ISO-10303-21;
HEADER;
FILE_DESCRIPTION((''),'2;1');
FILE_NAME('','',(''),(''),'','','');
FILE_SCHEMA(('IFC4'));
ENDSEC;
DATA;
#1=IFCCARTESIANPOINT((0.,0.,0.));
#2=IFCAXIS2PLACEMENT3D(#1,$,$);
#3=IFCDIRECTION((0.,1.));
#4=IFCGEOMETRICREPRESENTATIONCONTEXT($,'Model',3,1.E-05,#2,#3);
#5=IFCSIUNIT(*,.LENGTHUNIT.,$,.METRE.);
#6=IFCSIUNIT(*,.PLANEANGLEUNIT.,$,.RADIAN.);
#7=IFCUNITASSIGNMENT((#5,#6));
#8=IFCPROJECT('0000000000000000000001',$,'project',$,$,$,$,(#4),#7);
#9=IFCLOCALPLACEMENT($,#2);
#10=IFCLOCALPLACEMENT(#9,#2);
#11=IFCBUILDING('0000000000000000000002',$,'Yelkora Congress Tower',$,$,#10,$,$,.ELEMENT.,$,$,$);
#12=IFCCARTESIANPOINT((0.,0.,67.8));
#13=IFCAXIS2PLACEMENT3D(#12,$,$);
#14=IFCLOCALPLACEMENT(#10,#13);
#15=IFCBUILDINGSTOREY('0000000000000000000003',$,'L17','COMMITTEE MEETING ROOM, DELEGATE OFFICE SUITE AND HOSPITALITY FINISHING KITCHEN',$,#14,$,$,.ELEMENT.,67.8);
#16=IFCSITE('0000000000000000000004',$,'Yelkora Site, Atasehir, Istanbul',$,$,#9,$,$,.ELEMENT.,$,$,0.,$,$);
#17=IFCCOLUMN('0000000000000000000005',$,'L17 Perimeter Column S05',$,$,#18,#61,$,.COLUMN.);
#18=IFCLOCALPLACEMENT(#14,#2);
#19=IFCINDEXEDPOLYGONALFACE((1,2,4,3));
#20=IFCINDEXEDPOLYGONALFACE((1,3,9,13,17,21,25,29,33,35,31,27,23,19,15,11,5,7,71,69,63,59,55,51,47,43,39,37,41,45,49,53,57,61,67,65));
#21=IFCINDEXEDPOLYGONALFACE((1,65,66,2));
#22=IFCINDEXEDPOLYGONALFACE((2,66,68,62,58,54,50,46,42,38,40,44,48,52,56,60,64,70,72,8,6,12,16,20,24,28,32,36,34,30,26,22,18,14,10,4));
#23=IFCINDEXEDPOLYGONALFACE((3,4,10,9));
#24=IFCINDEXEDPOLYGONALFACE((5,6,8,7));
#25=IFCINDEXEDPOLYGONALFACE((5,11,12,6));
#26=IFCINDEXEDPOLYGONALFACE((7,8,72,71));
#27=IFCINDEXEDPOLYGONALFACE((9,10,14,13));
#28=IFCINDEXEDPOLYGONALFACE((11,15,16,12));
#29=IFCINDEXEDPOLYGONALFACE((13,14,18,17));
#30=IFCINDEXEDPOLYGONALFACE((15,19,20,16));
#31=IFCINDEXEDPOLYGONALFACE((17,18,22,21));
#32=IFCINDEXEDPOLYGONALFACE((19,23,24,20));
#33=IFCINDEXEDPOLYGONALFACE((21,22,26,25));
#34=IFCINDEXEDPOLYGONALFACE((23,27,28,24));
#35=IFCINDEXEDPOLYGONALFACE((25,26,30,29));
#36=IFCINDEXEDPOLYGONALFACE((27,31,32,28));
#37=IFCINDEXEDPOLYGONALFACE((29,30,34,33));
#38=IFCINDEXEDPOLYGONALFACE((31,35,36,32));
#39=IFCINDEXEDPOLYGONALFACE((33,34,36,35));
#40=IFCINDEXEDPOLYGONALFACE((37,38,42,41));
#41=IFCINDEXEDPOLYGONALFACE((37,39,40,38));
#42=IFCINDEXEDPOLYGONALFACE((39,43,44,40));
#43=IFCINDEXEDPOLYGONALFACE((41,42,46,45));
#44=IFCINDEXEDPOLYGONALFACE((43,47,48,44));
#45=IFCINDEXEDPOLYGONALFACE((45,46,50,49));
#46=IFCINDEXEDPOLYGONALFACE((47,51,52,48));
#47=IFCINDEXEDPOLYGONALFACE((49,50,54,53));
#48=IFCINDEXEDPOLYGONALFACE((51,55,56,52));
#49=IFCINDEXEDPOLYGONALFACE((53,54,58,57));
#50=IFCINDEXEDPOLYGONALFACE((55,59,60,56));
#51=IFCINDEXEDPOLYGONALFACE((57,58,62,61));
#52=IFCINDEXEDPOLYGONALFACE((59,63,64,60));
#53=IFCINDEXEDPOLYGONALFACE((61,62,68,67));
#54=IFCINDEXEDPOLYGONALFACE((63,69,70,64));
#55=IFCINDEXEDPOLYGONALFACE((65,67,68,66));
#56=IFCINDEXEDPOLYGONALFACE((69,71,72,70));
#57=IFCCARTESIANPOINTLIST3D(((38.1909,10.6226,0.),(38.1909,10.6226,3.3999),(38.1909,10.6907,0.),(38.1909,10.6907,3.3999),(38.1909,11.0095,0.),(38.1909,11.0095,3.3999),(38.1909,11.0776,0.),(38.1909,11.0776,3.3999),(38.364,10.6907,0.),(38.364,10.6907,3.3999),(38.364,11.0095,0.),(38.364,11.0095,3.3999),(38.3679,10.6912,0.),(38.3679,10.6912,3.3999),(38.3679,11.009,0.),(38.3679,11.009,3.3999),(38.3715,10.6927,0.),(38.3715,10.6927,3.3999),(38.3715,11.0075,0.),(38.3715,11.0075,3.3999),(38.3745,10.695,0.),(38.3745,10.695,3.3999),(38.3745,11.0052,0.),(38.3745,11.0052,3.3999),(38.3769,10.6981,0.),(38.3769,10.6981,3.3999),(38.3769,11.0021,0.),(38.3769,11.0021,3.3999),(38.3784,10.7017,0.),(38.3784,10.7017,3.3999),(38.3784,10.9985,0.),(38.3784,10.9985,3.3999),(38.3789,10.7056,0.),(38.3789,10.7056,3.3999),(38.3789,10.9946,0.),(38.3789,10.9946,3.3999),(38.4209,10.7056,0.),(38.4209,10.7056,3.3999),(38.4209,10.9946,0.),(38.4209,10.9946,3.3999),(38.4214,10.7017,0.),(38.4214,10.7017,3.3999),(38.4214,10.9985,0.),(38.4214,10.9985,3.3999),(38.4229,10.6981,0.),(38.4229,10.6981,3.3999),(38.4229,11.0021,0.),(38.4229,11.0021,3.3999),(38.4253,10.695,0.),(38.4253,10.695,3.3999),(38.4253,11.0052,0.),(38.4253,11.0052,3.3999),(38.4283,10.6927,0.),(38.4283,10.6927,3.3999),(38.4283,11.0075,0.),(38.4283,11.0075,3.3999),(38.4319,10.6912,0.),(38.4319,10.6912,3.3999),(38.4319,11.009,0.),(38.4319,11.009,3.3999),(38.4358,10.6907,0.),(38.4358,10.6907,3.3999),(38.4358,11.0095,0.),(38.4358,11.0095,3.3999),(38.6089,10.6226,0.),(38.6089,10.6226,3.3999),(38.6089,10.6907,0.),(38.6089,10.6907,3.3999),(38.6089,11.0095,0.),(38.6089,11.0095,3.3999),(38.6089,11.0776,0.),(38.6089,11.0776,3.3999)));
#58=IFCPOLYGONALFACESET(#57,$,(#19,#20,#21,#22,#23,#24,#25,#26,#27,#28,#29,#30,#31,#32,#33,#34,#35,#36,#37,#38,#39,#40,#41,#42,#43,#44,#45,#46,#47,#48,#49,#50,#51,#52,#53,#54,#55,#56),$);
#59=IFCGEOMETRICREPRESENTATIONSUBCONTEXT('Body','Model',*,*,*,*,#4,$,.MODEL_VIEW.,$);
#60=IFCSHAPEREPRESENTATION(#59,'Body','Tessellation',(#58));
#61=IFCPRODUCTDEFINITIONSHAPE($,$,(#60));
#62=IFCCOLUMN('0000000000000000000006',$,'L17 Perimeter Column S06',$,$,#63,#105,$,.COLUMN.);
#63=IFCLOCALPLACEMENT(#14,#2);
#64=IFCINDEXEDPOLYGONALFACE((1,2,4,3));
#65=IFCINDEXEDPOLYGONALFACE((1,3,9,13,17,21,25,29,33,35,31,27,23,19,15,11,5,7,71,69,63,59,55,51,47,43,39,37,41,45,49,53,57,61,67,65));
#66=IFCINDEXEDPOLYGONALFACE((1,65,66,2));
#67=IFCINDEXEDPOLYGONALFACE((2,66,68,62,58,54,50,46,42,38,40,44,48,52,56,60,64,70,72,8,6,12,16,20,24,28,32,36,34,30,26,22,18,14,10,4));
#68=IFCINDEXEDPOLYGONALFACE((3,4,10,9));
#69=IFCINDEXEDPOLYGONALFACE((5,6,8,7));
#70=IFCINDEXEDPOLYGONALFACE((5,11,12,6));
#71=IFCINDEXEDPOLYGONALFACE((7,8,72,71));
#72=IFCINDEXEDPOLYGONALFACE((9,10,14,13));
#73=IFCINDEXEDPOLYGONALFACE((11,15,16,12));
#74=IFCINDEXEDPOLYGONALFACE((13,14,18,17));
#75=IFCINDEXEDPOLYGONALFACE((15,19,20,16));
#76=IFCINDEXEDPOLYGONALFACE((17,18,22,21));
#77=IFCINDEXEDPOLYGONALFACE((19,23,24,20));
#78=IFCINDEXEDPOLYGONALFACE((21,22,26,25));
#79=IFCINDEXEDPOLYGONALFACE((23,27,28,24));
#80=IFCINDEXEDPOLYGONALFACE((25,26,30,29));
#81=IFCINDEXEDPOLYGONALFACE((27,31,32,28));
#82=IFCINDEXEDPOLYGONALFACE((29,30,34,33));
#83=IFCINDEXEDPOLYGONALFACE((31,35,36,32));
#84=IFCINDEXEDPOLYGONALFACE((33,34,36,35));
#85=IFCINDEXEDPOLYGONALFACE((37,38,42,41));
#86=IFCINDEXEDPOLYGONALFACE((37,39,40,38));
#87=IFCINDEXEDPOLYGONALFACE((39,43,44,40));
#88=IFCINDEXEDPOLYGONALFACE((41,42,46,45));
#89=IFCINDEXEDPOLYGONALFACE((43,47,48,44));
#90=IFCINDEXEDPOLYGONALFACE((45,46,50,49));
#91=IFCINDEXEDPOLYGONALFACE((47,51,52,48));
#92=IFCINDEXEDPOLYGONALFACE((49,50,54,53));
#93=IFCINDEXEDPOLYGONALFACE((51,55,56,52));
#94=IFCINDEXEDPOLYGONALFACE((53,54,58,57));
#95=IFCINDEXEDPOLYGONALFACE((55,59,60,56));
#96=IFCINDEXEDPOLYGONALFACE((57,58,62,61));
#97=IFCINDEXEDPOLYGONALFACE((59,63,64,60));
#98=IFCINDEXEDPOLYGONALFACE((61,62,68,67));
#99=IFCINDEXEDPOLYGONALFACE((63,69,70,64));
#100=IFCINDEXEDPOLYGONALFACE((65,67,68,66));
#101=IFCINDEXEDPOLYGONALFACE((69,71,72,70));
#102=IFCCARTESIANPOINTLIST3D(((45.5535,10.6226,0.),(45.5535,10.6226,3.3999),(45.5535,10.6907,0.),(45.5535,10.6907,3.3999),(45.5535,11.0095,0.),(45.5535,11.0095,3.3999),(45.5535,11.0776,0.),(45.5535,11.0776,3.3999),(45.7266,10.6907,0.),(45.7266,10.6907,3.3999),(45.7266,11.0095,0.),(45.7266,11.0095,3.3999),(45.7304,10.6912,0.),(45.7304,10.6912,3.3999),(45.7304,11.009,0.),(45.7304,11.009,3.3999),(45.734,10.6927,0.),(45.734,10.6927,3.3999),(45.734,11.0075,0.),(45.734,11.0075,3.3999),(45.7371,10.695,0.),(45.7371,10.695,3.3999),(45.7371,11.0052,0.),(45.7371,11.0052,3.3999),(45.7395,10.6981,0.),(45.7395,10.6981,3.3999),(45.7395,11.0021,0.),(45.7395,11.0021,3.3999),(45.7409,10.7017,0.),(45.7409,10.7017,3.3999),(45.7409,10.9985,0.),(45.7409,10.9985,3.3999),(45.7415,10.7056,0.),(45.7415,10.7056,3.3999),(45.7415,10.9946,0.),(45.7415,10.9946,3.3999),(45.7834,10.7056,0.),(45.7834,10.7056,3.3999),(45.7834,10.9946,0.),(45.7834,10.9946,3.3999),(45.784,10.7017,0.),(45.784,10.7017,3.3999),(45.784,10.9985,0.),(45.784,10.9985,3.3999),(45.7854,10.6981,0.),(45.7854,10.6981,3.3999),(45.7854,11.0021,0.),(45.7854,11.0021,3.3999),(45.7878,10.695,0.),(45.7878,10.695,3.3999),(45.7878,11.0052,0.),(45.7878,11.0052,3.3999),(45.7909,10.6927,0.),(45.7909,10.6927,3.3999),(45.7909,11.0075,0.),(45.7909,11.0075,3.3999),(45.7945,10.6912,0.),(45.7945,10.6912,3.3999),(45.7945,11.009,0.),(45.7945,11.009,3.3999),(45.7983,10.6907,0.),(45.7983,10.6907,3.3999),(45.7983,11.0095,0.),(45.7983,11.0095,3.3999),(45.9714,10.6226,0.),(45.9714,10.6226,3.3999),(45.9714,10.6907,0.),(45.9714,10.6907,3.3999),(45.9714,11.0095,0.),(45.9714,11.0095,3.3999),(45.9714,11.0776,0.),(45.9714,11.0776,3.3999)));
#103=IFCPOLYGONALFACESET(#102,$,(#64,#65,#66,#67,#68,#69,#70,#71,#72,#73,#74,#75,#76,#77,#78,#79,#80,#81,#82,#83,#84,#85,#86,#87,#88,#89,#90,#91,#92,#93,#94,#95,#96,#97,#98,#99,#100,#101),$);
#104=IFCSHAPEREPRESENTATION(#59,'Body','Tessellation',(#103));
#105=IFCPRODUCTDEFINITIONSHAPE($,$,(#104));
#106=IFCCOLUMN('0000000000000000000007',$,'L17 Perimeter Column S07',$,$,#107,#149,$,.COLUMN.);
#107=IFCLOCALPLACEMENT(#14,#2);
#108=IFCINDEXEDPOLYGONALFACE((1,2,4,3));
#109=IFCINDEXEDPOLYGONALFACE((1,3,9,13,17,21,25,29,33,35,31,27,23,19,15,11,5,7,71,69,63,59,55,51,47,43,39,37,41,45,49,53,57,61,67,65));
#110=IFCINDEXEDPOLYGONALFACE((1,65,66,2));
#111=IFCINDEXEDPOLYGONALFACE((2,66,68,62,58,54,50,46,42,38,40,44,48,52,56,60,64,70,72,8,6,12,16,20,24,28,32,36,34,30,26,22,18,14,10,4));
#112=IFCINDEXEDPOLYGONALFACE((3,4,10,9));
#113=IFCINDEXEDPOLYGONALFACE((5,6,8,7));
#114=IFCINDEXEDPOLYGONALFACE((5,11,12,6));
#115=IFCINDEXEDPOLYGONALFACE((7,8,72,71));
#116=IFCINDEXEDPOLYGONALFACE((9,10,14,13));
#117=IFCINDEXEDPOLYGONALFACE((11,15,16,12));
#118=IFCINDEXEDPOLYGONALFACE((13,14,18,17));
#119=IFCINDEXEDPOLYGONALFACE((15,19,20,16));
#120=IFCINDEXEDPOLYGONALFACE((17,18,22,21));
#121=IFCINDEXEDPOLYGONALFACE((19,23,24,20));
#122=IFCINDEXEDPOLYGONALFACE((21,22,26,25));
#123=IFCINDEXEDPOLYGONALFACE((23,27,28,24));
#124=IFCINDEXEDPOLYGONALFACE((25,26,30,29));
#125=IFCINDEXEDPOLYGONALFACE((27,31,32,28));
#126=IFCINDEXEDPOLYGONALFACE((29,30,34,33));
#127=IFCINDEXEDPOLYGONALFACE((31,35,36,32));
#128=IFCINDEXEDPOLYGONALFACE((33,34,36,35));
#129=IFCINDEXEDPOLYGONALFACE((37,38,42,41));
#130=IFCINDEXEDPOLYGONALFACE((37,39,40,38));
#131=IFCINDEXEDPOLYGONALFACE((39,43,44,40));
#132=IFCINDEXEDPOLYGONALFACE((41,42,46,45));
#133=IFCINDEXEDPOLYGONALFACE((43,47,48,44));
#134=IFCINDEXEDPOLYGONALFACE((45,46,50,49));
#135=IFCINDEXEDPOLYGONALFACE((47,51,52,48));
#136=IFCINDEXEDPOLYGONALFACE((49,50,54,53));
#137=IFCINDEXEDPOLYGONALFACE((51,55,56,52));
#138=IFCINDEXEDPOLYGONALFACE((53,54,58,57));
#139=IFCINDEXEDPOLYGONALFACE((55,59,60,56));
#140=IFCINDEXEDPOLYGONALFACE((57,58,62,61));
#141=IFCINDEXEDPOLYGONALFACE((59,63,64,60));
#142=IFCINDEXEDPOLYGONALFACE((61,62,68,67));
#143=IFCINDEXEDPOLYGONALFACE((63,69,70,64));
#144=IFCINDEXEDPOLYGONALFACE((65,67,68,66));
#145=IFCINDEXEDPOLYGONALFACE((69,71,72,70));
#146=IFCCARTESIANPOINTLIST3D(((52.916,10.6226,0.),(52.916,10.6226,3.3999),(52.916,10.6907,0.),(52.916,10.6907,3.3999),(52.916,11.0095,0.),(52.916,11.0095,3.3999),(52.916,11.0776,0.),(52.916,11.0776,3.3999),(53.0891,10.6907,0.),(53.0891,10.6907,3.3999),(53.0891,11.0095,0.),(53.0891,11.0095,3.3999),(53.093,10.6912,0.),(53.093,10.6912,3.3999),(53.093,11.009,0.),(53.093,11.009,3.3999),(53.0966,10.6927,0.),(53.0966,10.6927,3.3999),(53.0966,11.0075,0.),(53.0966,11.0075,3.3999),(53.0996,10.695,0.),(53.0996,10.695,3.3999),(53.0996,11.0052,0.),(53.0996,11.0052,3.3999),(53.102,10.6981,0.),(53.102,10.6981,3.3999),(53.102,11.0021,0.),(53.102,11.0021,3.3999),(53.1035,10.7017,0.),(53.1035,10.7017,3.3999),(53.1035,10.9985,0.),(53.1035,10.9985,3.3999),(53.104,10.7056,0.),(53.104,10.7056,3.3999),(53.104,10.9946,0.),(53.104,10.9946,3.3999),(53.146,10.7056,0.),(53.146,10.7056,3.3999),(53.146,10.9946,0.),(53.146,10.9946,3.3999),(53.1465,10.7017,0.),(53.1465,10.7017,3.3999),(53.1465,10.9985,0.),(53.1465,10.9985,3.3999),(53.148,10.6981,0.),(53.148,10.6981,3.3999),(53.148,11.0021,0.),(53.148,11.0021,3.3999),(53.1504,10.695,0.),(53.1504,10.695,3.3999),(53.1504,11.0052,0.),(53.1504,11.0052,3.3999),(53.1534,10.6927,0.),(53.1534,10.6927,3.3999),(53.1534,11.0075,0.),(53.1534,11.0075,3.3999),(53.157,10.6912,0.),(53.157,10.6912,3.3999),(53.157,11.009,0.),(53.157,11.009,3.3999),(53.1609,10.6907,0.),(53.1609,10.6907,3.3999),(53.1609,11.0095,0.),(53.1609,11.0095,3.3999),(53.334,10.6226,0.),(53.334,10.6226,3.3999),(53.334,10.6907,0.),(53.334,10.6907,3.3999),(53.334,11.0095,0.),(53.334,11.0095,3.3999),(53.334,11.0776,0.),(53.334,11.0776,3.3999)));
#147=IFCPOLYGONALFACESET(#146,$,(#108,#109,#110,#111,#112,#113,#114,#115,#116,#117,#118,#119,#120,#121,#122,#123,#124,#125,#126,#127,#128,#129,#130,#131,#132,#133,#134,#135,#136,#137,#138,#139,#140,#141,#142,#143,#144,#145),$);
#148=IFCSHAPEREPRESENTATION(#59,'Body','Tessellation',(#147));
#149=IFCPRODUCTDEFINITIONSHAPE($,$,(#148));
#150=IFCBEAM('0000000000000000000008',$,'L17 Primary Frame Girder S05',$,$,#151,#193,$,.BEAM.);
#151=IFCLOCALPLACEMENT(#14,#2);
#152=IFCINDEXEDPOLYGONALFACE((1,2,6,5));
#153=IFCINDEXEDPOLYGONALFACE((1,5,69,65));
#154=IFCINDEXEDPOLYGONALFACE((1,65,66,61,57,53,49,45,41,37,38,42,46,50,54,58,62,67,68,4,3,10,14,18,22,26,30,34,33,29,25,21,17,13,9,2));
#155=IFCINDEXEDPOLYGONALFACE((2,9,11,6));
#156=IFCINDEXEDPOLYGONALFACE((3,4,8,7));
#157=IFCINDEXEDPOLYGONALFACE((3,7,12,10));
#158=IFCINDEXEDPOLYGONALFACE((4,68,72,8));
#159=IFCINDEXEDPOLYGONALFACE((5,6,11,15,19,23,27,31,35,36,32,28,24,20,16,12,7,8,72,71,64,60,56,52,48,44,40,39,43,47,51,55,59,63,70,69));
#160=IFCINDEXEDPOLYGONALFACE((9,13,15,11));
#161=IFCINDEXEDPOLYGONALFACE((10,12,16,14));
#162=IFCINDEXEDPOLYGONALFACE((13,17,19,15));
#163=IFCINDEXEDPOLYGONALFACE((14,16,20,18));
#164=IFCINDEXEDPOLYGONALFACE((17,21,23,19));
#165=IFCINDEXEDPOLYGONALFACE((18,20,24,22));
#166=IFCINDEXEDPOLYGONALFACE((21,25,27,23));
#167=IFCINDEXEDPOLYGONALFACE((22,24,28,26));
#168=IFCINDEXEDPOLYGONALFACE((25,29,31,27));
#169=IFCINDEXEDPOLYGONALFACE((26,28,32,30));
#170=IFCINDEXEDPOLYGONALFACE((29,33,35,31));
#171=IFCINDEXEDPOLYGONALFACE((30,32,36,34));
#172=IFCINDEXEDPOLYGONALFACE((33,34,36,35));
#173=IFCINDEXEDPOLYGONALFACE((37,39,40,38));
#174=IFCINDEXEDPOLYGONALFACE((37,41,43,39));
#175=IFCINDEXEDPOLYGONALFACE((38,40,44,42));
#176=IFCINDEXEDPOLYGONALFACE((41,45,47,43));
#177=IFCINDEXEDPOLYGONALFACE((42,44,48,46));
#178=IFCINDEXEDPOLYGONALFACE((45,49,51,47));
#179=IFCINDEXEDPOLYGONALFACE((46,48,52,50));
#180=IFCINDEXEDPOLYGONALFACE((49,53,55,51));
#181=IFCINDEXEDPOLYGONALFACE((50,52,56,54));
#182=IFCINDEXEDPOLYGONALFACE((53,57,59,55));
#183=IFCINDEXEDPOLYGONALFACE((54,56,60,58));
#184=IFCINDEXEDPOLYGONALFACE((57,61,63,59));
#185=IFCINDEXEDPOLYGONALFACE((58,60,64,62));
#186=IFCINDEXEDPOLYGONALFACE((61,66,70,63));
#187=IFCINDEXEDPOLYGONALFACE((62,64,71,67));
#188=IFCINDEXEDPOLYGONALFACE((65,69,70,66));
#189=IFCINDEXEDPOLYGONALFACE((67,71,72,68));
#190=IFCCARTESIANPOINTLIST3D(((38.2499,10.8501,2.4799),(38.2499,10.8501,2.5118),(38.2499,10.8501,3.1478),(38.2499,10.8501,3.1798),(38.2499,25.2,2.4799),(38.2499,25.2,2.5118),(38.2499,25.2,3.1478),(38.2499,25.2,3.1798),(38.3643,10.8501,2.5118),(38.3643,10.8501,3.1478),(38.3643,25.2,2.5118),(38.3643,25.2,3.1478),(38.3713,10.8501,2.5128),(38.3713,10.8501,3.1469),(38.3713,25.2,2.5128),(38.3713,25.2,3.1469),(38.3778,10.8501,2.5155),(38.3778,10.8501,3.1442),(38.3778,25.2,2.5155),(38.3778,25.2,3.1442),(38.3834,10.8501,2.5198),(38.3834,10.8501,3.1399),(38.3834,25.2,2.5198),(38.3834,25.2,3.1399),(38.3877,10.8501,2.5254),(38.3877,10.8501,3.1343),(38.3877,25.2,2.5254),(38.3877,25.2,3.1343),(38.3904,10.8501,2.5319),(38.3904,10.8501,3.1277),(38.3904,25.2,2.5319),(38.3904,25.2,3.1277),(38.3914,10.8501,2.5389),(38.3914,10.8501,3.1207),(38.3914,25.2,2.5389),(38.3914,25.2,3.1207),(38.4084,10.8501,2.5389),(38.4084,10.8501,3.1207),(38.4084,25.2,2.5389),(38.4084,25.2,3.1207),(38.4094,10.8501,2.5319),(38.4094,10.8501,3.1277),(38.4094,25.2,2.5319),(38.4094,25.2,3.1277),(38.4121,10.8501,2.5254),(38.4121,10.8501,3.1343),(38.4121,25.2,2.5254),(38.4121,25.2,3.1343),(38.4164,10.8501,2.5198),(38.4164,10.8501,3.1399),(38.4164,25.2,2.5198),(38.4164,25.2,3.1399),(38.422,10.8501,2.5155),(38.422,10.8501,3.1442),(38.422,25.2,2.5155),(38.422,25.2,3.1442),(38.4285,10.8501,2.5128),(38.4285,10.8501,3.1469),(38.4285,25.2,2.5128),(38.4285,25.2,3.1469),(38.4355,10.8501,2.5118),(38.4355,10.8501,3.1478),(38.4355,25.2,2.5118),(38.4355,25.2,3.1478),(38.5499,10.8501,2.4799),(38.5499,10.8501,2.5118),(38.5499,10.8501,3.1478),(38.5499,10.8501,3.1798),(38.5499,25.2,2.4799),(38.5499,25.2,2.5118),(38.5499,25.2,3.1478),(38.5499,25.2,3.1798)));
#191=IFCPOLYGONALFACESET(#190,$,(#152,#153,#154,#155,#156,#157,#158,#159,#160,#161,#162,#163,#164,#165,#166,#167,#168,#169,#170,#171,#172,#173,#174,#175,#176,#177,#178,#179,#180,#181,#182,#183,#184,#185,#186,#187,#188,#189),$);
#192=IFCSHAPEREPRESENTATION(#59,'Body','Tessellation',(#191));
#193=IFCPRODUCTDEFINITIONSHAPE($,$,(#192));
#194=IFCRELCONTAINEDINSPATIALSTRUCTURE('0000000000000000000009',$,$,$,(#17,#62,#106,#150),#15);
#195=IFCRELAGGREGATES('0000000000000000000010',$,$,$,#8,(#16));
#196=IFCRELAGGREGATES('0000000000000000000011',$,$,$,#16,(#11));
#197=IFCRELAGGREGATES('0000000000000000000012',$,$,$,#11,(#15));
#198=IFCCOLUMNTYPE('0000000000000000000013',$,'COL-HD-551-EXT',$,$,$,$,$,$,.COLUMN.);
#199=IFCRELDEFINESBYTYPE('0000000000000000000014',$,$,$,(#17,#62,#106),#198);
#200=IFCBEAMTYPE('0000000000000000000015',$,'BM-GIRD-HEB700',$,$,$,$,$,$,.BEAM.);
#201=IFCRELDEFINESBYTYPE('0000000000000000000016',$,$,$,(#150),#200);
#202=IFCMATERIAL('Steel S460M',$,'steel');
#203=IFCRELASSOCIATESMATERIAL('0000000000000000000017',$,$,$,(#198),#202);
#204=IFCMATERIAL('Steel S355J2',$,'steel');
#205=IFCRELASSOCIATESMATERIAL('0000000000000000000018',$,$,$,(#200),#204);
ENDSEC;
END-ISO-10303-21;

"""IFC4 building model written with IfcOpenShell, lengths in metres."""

from ifc_helpers import new_model, si_unit, direction, frame, origin, origin_2d, place, context, subcontext, project, spatial, i_section, extrude, material, material_profile, profile_set, type_object, element, save


model = new_model("IFC4")

# Units and contexts
model_context = context("Model", 3, precision=1e-05, world=origin(), true_north=direction((0.0, 1.0)))
body_context = subcontext(model_context, "Body", "Model", "MODEL_VIEW")
ifc_project = project(units=[si_unit("LENGTHUNIT", "METRE"), si_unit("PLANEANGLEUNIT", "RADIAN")], contexts=[model_context])

# Site, building, storey
site_placement = place(None, origin())
site = spatial("IfcSite", under=ifc_project, at=site_placement, Name="Yelkora Site, Atasehir, Istanbul", CompositionType="ELEMENT", RefElevation=0.0)
building_placement = place(site_placement, origin())
building = spatial("IfcBuilding", under=site, at=building_placement, Name="Yelkora Congress Tower", CompositionType="ELEMENT")
storey_placement = place(building_placement, frame((0.0, 0.0, 67.8)))
storey = spatial("IfcBuildingStorey", under=building, at=storey_placement, Name="L17", Description="COMMITTEE MEETING ROOM, DELEGATE OFFICE SUITE AND HOSPITALITY FINISHING KITCHEN", CompositionType="ELEMENT", Elevation=67.8)

# Columns
ifc_material_1 = material(Name="Steel S460M", Category="steel")
ifc_material_profile_1 = material_profile(ifc_material_1, i_section(OverallWidth=0.418, OverallDepth=0.4551, WebThickness=0.042, FlangeThickness=0.0681, FilletRadius=0.0149, at=origin_2d()), Name="HD 400x551")
ifc_profile_set_1 = profile_set([ifc_material_profile_1], Name="Steel S460M")
column_type = type_object("IfcColumnType", Name="COL-HD-551-EXT", PredefinedType="COLUMN", material=ifc_profile_set_1)
for number, where, z_axis, x_axis, name in (
    (1, (38.3999, 10.8501, 0.0), (0.0, 0.0, 1.0), (1.0, 0.0, 0.0), "L17 Perimeter Column S05"),
    (2, (45.7625, 10.8501, 0.0), (0.0, 0.0, 1.0), (1.0, 0.0, 0.0), "L17 Perimeter Column S06"),
    (3, (53.125, 10.8501, 0.0), (0.0, 0.0, 1.0), (1.0, 0.0, 0.0), "L17 Perimeter Column S07"),
):
    element("IfcColumn", number, at=place(storey_placement, frame(where, z_axis=z_axis, x_axis=x_axis)), inside=storey, type_object=column_type, Name=name, PredefinedType="COLUMN", context=body_context, shape_type="SweptSolid", body=[
        extrude(i_section(OverallWidth=0.418, OverallDepth=0.4551, WebThickness=0.042, FlangeThickness=0.0681, FilletRadius=0.0149, at=origin_2d()), origin(), (0.0, 0.0, 1.0), 3.3999),
    ])

# Beam
ifc_material_2 = material(Name="Steel S355J2", Category="steel")
ifc_material_profile_2 = material_profile(ifc_material_2, i_section(OverallWidth=0.3, OverallDepth=0.7, WebThickness=0.0171, FlangeThickness=0.032, FilletRadius=0.0271, at=origin_2d()), Name="HEB 700")
ifc_profile_set_2 = profile_set([ifc_material_profile_2], Name="Steel S355J2")
beam_type_1 = type_object("IfcBeamType", Name="BM-GIRD-HEB700", PredefinedType="BEAM", material=ifc_profile_set_2)
beam_1_placement = place(storey_placement, frame((38.3999, 10.8501, 2.8298), z_axis=(0.0, 1.0, 0.0), x_axis=(-1.0, 0.0, 0.0)))
element("IfcBeam", 4, at=beam_1_placement, inside=storey, type_object=beam_type_1, Name="L17 Primary Frame Girder S05", PredefinedType="BEAM", context=body_context, shape_type="SweptSolid", body=[
    extrude(i_section(OverallWidth=0.3, OverallDepth=0.7, WebThickness=0.0171, FlangeThickness=0.032, FilletRadius=0.0271, at=origin_2d()), origin(), (0.0, 0.0, 1.0), 14.3499),
])

save(model, "model.ifc")
